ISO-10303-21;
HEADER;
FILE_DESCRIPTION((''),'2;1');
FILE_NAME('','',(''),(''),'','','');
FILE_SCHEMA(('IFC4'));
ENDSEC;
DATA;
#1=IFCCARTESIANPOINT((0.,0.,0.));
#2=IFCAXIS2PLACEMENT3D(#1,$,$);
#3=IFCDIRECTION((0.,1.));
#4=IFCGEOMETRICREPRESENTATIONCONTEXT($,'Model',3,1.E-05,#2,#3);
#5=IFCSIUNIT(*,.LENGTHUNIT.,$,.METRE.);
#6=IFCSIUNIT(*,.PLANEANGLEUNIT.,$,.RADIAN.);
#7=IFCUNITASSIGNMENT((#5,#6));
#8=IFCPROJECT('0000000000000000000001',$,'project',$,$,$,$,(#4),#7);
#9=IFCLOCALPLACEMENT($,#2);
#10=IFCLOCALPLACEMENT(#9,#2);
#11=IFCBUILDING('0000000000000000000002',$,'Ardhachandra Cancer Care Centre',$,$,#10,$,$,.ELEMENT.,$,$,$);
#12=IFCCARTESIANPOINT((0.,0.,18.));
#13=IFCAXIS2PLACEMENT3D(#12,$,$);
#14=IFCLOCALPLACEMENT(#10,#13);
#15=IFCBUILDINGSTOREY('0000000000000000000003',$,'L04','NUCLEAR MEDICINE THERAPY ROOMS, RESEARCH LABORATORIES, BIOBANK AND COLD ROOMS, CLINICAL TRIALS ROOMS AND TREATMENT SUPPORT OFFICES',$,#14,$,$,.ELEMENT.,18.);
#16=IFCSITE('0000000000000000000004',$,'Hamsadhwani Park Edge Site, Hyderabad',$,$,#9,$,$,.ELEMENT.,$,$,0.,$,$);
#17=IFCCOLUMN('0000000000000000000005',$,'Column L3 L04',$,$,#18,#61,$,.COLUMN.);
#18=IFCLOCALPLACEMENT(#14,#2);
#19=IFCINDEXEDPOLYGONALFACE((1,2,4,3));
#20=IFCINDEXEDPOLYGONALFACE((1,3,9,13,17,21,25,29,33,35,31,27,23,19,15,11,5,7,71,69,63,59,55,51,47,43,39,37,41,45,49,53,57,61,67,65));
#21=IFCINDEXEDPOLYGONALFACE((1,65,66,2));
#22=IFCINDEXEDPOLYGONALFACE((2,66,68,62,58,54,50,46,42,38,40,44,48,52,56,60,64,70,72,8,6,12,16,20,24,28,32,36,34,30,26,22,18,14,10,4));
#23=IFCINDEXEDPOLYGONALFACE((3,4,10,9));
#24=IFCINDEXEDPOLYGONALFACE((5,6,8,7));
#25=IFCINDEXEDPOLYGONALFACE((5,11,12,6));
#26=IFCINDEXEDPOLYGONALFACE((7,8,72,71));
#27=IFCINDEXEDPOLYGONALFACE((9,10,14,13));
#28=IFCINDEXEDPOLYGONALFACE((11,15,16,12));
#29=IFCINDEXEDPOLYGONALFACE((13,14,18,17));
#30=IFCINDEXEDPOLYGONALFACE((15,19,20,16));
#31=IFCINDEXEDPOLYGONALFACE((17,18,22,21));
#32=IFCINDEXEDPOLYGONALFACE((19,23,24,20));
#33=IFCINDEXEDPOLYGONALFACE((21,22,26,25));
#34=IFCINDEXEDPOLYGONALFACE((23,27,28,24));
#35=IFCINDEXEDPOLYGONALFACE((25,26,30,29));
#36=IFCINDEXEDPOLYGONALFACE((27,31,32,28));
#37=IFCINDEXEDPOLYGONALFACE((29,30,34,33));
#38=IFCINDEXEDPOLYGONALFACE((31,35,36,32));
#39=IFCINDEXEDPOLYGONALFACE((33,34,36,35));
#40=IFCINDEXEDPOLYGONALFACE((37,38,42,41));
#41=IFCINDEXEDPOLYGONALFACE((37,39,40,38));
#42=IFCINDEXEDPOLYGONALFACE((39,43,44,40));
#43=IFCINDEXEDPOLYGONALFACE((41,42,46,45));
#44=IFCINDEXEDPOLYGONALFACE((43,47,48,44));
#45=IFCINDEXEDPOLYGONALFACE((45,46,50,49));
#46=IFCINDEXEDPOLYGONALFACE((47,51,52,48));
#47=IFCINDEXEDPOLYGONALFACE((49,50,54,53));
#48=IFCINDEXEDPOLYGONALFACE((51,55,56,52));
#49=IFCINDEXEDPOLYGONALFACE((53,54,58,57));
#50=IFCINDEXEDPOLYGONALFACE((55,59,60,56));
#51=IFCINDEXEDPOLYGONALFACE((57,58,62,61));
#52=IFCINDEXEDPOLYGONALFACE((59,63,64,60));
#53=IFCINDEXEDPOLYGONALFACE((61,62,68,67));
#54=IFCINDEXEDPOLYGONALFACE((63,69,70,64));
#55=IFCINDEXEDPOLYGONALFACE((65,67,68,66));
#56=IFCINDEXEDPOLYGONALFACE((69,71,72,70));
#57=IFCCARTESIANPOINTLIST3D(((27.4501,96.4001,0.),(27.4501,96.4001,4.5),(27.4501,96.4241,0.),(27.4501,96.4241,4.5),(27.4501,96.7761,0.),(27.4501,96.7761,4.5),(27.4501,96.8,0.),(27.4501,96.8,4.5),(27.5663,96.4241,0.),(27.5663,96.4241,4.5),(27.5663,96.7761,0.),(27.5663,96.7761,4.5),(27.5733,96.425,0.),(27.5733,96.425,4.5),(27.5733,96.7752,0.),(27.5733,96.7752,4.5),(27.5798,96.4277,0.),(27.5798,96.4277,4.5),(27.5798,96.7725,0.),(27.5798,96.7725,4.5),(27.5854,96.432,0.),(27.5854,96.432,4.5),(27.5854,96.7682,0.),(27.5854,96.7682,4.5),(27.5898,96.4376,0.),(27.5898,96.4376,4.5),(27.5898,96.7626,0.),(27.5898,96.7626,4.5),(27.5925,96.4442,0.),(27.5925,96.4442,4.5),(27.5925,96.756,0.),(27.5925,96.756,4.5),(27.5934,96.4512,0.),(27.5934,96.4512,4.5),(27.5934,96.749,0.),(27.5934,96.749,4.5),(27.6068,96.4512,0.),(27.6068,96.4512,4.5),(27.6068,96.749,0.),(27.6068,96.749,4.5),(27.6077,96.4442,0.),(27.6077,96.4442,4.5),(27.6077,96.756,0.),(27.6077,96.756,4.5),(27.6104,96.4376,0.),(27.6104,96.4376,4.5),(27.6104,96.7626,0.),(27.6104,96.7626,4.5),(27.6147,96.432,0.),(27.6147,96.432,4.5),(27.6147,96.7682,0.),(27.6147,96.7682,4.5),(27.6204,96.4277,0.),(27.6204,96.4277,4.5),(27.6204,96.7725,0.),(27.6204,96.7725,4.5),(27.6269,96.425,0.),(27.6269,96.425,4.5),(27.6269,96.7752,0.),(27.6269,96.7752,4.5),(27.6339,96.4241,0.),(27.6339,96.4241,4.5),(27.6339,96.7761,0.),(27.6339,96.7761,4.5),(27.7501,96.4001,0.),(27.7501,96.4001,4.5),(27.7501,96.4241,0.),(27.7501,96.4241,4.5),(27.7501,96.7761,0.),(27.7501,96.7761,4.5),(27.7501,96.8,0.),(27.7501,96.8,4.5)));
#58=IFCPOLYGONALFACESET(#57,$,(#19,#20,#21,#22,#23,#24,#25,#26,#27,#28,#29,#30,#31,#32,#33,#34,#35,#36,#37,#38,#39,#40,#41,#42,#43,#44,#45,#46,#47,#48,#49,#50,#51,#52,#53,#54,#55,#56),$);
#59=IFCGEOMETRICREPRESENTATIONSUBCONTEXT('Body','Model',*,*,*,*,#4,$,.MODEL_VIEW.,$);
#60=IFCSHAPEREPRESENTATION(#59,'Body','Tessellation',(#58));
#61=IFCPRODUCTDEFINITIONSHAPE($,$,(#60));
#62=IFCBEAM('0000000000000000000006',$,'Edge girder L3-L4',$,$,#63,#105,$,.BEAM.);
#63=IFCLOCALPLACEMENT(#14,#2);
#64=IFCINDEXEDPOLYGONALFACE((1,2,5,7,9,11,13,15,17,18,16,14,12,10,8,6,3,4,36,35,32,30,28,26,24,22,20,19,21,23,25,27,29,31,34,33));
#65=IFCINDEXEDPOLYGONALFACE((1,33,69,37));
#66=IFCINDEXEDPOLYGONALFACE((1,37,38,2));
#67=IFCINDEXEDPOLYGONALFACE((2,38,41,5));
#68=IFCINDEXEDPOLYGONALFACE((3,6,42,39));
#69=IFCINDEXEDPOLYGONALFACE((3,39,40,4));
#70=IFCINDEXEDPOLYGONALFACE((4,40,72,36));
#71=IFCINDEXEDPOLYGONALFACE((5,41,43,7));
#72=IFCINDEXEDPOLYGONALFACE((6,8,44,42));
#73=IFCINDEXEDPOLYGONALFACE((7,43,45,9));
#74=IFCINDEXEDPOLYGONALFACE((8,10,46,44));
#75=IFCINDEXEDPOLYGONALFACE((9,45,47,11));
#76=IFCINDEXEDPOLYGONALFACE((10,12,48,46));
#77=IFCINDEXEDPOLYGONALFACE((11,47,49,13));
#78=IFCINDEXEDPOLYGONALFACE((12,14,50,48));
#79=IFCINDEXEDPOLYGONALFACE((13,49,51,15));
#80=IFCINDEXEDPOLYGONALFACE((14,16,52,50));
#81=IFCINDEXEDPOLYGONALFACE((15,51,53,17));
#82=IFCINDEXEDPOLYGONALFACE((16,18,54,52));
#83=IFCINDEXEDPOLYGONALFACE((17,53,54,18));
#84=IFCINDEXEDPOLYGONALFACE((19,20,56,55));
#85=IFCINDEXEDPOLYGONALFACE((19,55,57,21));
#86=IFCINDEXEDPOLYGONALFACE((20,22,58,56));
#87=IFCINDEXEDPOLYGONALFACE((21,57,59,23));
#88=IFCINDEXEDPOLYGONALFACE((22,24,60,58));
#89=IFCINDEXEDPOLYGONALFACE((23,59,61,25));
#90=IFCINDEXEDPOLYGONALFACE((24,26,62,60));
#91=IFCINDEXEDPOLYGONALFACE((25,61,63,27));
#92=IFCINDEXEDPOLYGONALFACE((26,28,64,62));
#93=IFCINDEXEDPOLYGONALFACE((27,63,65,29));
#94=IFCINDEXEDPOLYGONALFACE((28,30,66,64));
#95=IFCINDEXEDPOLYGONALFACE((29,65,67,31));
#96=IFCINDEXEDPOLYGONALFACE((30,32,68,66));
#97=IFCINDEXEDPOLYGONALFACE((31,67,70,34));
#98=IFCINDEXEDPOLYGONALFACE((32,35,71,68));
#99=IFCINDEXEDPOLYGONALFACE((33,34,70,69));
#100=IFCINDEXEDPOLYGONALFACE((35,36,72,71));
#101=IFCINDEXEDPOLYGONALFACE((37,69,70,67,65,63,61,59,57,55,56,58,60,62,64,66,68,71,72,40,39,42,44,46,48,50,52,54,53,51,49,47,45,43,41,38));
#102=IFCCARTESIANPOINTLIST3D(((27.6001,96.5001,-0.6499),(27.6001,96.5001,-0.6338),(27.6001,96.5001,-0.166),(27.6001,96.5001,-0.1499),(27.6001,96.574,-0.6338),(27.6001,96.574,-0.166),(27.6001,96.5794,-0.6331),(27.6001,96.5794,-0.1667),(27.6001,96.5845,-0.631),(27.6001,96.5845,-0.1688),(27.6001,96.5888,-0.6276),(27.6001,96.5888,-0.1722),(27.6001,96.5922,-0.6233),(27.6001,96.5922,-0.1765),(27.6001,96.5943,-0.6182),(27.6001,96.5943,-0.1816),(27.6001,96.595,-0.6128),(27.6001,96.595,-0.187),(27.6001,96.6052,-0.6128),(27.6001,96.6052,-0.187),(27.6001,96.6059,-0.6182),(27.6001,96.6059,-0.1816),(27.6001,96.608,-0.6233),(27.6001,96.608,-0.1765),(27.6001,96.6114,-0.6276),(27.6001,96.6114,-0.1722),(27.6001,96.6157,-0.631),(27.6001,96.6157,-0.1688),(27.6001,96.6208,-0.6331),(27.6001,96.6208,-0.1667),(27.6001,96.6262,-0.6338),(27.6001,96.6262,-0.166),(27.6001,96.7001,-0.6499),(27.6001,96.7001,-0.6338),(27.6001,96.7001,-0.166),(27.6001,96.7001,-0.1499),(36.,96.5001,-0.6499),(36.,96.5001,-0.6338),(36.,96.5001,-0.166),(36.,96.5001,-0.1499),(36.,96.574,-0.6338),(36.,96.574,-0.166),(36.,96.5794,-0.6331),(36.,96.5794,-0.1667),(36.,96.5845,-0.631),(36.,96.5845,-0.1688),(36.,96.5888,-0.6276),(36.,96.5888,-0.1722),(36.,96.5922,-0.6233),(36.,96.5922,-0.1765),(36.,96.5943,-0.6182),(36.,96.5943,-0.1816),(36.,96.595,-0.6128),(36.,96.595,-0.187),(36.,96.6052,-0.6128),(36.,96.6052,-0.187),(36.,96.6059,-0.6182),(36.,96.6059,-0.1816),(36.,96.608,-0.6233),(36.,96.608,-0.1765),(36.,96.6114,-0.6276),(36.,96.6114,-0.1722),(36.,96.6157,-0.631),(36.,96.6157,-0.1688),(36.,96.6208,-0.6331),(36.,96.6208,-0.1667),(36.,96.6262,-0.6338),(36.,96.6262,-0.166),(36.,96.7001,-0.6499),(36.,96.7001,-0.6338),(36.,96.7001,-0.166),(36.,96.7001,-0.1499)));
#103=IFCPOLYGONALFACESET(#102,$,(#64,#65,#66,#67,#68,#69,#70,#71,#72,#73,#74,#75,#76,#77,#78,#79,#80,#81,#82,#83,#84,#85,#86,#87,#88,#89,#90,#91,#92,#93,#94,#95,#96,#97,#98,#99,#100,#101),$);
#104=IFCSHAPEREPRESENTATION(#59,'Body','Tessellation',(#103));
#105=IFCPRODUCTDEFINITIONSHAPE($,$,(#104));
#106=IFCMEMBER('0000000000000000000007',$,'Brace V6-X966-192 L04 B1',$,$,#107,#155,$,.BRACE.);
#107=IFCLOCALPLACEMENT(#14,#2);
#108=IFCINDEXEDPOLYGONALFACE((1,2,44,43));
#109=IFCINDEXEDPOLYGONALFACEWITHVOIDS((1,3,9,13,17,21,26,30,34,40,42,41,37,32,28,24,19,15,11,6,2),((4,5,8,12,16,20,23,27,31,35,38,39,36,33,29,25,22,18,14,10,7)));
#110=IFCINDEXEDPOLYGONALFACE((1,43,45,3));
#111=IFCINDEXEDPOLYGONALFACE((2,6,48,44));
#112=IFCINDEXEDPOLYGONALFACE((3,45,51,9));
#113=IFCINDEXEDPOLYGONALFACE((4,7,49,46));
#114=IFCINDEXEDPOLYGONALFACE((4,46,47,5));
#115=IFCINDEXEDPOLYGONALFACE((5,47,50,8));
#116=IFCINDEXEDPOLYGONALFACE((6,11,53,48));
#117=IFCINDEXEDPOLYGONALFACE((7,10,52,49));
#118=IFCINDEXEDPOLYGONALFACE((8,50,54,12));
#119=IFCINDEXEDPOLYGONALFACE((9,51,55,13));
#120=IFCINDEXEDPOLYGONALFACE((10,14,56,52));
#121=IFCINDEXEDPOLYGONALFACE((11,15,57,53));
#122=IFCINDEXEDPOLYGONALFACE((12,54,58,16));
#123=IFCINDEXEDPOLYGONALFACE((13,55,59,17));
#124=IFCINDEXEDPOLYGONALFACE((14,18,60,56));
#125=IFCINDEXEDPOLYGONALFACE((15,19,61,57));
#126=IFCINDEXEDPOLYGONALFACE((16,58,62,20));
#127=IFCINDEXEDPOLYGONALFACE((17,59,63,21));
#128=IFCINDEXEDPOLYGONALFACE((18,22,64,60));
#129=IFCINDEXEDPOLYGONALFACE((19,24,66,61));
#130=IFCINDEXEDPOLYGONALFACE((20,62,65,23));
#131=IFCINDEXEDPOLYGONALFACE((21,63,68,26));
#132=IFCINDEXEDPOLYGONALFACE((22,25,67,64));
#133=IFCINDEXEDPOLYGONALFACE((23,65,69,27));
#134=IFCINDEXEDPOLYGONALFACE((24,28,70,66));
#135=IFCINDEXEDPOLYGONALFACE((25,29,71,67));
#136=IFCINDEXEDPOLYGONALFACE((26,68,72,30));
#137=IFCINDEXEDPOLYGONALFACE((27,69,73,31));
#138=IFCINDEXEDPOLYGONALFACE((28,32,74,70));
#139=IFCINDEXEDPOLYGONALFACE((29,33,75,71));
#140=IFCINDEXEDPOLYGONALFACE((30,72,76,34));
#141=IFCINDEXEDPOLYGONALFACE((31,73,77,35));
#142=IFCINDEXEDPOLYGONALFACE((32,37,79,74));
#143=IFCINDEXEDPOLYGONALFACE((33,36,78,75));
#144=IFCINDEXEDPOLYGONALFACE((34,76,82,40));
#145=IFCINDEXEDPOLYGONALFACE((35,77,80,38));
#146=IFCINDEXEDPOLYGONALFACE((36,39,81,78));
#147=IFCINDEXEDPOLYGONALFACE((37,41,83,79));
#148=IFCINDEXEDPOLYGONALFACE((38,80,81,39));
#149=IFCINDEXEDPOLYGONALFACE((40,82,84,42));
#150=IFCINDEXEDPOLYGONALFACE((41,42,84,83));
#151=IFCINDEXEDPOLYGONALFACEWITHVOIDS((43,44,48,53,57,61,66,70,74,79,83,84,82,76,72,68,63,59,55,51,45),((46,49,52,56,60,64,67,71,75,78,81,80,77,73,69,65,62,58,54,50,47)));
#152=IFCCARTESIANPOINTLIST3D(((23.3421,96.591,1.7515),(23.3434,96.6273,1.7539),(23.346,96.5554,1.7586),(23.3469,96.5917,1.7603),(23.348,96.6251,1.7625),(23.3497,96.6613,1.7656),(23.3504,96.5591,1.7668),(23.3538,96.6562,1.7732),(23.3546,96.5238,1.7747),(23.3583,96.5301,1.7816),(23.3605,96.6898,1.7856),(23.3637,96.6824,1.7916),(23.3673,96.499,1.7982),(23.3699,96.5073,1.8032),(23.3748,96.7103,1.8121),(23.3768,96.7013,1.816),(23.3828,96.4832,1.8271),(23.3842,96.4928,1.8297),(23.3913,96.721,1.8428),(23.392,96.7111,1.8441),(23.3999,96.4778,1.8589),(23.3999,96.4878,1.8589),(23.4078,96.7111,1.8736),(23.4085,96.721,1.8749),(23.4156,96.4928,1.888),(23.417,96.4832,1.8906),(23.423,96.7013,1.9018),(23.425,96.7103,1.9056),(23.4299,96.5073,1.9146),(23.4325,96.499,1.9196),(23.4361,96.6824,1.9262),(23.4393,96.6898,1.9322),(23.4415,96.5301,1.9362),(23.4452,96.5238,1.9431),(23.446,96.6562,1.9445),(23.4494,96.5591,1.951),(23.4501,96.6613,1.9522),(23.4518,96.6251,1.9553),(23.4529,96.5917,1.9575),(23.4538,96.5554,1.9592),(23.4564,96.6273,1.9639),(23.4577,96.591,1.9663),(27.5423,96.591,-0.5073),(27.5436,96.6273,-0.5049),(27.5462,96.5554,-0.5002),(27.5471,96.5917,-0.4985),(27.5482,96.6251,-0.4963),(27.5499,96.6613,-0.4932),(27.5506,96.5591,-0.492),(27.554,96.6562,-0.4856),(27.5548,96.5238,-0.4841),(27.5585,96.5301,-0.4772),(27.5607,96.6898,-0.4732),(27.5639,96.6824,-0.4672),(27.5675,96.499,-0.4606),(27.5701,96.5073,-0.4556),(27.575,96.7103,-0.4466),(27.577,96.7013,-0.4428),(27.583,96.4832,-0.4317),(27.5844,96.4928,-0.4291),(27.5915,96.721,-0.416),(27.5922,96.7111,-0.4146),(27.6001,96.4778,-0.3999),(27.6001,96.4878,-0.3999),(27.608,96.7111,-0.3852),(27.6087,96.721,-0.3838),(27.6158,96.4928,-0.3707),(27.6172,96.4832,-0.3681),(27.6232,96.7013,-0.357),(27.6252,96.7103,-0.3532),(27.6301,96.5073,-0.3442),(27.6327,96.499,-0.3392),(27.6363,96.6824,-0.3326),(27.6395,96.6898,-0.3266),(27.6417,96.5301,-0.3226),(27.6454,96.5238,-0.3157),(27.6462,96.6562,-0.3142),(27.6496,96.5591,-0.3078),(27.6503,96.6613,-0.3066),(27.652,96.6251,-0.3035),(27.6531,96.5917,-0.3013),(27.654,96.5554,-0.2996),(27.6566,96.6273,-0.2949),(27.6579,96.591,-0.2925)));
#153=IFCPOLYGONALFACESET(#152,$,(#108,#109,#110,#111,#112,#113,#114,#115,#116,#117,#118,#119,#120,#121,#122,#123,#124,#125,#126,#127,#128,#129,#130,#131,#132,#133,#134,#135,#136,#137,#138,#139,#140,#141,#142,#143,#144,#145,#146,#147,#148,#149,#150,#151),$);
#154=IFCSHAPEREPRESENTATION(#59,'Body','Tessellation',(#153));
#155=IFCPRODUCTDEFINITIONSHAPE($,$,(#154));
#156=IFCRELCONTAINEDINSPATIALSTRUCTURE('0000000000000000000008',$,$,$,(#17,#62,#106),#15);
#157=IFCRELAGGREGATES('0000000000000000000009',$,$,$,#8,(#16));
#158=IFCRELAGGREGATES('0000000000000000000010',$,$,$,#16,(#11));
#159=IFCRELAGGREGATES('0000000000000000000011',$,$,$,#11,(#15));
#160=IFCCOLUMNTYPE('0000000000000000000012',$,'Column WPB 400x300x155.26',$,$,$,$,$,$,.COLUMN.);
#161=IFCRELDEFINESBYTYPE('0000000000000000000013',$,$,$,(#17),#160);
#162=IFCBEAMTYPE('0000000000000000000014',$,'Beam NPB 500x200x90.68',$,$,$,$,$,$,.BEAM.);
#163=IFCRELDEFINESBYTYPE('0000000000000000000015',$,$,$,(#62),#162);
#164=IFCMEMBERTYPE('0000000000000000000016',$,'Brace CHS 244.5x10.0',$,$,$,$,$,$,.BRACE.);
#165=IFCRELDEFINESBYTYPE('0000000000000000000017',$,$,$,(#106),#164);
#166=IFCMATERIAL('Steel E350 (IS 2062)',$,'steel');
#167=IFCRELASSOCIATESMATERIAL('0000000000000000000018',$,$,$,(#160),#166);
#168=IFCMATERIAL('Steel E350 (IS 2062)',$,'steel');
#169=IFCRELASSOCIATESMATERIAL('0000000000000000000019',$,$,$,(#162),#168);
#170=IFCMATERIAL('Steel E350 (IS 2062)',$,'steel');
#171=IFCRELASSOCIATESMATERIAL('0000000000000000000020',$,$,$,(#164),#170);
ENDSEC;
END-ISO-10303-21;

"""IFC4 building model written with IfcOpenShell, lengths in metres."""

from ifc_helpers import new_model, si_unit, direction, frame, origin, origin_2d, place, context, subcontext, project, spatial, hollow_circle, i_section, extrude, material, material_profile, profile_set, type_object, element, save


model = new_model("IFC4")

# Units and contexts
model_context = context("Model", 3, precision=1e-05, world=origin(), true_north=direction((0.0, 1.0)))
body_context = subcontext(model_context, "Body", "Model", "MODEL_VIEW")
ifc_project = project(units=[si_unit("LENGTHUNIT", "METRE"), si_unit("PLANEANGLEUNIT", "RADIAN")], contexts=[model_context])

# Site, building, storey
site_placement = place(None, origin())
site = spatial("IfcSite", under=ifc_project, at=site_placement, Name="Hamsadhwani Park Edge Site, Hyderabad", CompositionType="ELEMENT", RefElevation=0.0)
building_placement = place(site_placement, origin())
building = spatial("IfcBuilding", under=site, at=building_placement, Name="Ardhachandra Cancer Care Centre", CompositionType="ELEMENT")
storey_placement = place(building_placement, frame((0.0, 0.0, 18.0)))
storey = spatial("IfcBuildingStorey", under=building, at=storey_placement, Name="L04", Description="NUCLEAR MEDICINE THERAPY ROOMS, RESEARCH LABORATORIES, BIOBANK AND COLD ROOMS, CLINICAL TRIALS ROOMS AND TREATMENT SUPPORT OFFICES", CompositionType="ELEMENT", Elevation=18.0)

# Column
ifc_material_1 = material(Name="Steel E350 (IS 2062)", Category="steel")
ifc_material_profile_1 = material_profile(ifc_material_1, i_section(OverallWidth=0.3, OverallDepth=0.3999, WebThickness=0.0134, FlangeThickness=0.0239, FilletRadius=0.0271, at=origin_2d()), Name="WPB 400x300x155.26")
ifc_profile_set_1 = profile_set([ifc_material_profile_1], Name="Steel E350 (IS 2062)")
column_type = type_object("IfcColumnType", Name="Column WPB 400x300x155.26", PredefinedType="COLUMN", material=ifc_profile_set_1)
column_placement = place(storey_placement, frame((27.6001, 96.6001, 0.0), z_axis=(0.0, 0.0, 1.0), x_axis=(1.0, 0.0, 0.0)))
element("IfcColumn", 1, at=column_placement, inside=storey, type_object=column_type, Name="Column L3 L04", PredefinedType="COLUMN", context=body_context, shape_type="SweptSolid", body=[
    extrude(i_section(OverallWidth=0.3, OverallDepth=0.3999, WebThickness=0.0134, FlangeThickness=0.0239, FilletRadius=0.0271, at=origin_2d()), origin(), (0.0, 0.0, 1.0), 4.5),
])

# Beam
ifc_material_2 = material(Name="Steel E350 (IS 2062)", Category="steel")
ifc_material_profile_2 = material_profile(ifc_material_2, i_section(OverallWidth=0.2, OverallDepth=0.5, WebThickness=0.0103, FlangeThickness=0.0161, FilletRadius=0.021, at=origin_2d()), Name="NPB 500x200x90.68")
ifc_profile_set_2 = profile_set([ifc_material_profile_2], Name="Steel E350 (IS 2062)")
beam_type = type_object("IfcBeamType", Name="Beam NPB 500x200x90.68", PredefinedType="BEAM", material=ifc_profile_set_2)
beam_placement = place(storey_placement, frame((27.6001, 96.6001, -0.3999), z_axis=(1.0, 0.0, 0.0), x_axis=(0.0, 1.0, 0.0)))
element("IfcBeam", 2, at=beam_placement, inside=storey, type_object=beam_type, Name="Edge girder L3-L4", PredefinedType="BEAM", context=body_context, shape_type="SweptSolid", body=[
    extrude(i_section(OverallWidth=0.2, OverallDepth=0.5, WebThickness=0.0103, FlangeThickness=0.0161, FilletRadius=0.021, at=origin_2d()), origin(), (0.0, 0.0, 1.0), 8.3999),
])

# Member
ifc_material_3 = material(Name="Steel E350 (IS 2062)", Category="steel")
ifc_material_profile_3 = material_profile(ifc_material_3, hollow_circle(Radius=0.1223, WallThickness=0.01, at=origin_2d()), Name="CHS 244.5x10.0")
ifc_profile_set_3 = profile_set([ifc_material_profile_3], Name="Steel E350 (IS 2062)")
member_type_1 = type_object("IfcMemberType", Name="Brace CHS 244.5x10.0", PredefinedType="BRACE", material=ifc_profile_set_3)
member_1_placement = place(storey_placement, frame((27.6001, 96.6001, -0.3999), z_axis=(-0.880721, 0.0, 0.473636), x_axis=(0.0, -1.0, 0.0)))
element("IfcMember", 3, at=member_1_placement, inside=storey, type_object=member_type_1, Name="Brace V6-X966-192 L04 B1", PredefinedType="BRACE", context=body_context, shape_type="SweptSolid", body=[
    extrude(hollow_circle(Radius=0.1223, WallThickness=0.01, at=origin_2d()), origin(), (0.0, 0.0, 1.0), 4.769),
])

save(model, "model.ifc")
